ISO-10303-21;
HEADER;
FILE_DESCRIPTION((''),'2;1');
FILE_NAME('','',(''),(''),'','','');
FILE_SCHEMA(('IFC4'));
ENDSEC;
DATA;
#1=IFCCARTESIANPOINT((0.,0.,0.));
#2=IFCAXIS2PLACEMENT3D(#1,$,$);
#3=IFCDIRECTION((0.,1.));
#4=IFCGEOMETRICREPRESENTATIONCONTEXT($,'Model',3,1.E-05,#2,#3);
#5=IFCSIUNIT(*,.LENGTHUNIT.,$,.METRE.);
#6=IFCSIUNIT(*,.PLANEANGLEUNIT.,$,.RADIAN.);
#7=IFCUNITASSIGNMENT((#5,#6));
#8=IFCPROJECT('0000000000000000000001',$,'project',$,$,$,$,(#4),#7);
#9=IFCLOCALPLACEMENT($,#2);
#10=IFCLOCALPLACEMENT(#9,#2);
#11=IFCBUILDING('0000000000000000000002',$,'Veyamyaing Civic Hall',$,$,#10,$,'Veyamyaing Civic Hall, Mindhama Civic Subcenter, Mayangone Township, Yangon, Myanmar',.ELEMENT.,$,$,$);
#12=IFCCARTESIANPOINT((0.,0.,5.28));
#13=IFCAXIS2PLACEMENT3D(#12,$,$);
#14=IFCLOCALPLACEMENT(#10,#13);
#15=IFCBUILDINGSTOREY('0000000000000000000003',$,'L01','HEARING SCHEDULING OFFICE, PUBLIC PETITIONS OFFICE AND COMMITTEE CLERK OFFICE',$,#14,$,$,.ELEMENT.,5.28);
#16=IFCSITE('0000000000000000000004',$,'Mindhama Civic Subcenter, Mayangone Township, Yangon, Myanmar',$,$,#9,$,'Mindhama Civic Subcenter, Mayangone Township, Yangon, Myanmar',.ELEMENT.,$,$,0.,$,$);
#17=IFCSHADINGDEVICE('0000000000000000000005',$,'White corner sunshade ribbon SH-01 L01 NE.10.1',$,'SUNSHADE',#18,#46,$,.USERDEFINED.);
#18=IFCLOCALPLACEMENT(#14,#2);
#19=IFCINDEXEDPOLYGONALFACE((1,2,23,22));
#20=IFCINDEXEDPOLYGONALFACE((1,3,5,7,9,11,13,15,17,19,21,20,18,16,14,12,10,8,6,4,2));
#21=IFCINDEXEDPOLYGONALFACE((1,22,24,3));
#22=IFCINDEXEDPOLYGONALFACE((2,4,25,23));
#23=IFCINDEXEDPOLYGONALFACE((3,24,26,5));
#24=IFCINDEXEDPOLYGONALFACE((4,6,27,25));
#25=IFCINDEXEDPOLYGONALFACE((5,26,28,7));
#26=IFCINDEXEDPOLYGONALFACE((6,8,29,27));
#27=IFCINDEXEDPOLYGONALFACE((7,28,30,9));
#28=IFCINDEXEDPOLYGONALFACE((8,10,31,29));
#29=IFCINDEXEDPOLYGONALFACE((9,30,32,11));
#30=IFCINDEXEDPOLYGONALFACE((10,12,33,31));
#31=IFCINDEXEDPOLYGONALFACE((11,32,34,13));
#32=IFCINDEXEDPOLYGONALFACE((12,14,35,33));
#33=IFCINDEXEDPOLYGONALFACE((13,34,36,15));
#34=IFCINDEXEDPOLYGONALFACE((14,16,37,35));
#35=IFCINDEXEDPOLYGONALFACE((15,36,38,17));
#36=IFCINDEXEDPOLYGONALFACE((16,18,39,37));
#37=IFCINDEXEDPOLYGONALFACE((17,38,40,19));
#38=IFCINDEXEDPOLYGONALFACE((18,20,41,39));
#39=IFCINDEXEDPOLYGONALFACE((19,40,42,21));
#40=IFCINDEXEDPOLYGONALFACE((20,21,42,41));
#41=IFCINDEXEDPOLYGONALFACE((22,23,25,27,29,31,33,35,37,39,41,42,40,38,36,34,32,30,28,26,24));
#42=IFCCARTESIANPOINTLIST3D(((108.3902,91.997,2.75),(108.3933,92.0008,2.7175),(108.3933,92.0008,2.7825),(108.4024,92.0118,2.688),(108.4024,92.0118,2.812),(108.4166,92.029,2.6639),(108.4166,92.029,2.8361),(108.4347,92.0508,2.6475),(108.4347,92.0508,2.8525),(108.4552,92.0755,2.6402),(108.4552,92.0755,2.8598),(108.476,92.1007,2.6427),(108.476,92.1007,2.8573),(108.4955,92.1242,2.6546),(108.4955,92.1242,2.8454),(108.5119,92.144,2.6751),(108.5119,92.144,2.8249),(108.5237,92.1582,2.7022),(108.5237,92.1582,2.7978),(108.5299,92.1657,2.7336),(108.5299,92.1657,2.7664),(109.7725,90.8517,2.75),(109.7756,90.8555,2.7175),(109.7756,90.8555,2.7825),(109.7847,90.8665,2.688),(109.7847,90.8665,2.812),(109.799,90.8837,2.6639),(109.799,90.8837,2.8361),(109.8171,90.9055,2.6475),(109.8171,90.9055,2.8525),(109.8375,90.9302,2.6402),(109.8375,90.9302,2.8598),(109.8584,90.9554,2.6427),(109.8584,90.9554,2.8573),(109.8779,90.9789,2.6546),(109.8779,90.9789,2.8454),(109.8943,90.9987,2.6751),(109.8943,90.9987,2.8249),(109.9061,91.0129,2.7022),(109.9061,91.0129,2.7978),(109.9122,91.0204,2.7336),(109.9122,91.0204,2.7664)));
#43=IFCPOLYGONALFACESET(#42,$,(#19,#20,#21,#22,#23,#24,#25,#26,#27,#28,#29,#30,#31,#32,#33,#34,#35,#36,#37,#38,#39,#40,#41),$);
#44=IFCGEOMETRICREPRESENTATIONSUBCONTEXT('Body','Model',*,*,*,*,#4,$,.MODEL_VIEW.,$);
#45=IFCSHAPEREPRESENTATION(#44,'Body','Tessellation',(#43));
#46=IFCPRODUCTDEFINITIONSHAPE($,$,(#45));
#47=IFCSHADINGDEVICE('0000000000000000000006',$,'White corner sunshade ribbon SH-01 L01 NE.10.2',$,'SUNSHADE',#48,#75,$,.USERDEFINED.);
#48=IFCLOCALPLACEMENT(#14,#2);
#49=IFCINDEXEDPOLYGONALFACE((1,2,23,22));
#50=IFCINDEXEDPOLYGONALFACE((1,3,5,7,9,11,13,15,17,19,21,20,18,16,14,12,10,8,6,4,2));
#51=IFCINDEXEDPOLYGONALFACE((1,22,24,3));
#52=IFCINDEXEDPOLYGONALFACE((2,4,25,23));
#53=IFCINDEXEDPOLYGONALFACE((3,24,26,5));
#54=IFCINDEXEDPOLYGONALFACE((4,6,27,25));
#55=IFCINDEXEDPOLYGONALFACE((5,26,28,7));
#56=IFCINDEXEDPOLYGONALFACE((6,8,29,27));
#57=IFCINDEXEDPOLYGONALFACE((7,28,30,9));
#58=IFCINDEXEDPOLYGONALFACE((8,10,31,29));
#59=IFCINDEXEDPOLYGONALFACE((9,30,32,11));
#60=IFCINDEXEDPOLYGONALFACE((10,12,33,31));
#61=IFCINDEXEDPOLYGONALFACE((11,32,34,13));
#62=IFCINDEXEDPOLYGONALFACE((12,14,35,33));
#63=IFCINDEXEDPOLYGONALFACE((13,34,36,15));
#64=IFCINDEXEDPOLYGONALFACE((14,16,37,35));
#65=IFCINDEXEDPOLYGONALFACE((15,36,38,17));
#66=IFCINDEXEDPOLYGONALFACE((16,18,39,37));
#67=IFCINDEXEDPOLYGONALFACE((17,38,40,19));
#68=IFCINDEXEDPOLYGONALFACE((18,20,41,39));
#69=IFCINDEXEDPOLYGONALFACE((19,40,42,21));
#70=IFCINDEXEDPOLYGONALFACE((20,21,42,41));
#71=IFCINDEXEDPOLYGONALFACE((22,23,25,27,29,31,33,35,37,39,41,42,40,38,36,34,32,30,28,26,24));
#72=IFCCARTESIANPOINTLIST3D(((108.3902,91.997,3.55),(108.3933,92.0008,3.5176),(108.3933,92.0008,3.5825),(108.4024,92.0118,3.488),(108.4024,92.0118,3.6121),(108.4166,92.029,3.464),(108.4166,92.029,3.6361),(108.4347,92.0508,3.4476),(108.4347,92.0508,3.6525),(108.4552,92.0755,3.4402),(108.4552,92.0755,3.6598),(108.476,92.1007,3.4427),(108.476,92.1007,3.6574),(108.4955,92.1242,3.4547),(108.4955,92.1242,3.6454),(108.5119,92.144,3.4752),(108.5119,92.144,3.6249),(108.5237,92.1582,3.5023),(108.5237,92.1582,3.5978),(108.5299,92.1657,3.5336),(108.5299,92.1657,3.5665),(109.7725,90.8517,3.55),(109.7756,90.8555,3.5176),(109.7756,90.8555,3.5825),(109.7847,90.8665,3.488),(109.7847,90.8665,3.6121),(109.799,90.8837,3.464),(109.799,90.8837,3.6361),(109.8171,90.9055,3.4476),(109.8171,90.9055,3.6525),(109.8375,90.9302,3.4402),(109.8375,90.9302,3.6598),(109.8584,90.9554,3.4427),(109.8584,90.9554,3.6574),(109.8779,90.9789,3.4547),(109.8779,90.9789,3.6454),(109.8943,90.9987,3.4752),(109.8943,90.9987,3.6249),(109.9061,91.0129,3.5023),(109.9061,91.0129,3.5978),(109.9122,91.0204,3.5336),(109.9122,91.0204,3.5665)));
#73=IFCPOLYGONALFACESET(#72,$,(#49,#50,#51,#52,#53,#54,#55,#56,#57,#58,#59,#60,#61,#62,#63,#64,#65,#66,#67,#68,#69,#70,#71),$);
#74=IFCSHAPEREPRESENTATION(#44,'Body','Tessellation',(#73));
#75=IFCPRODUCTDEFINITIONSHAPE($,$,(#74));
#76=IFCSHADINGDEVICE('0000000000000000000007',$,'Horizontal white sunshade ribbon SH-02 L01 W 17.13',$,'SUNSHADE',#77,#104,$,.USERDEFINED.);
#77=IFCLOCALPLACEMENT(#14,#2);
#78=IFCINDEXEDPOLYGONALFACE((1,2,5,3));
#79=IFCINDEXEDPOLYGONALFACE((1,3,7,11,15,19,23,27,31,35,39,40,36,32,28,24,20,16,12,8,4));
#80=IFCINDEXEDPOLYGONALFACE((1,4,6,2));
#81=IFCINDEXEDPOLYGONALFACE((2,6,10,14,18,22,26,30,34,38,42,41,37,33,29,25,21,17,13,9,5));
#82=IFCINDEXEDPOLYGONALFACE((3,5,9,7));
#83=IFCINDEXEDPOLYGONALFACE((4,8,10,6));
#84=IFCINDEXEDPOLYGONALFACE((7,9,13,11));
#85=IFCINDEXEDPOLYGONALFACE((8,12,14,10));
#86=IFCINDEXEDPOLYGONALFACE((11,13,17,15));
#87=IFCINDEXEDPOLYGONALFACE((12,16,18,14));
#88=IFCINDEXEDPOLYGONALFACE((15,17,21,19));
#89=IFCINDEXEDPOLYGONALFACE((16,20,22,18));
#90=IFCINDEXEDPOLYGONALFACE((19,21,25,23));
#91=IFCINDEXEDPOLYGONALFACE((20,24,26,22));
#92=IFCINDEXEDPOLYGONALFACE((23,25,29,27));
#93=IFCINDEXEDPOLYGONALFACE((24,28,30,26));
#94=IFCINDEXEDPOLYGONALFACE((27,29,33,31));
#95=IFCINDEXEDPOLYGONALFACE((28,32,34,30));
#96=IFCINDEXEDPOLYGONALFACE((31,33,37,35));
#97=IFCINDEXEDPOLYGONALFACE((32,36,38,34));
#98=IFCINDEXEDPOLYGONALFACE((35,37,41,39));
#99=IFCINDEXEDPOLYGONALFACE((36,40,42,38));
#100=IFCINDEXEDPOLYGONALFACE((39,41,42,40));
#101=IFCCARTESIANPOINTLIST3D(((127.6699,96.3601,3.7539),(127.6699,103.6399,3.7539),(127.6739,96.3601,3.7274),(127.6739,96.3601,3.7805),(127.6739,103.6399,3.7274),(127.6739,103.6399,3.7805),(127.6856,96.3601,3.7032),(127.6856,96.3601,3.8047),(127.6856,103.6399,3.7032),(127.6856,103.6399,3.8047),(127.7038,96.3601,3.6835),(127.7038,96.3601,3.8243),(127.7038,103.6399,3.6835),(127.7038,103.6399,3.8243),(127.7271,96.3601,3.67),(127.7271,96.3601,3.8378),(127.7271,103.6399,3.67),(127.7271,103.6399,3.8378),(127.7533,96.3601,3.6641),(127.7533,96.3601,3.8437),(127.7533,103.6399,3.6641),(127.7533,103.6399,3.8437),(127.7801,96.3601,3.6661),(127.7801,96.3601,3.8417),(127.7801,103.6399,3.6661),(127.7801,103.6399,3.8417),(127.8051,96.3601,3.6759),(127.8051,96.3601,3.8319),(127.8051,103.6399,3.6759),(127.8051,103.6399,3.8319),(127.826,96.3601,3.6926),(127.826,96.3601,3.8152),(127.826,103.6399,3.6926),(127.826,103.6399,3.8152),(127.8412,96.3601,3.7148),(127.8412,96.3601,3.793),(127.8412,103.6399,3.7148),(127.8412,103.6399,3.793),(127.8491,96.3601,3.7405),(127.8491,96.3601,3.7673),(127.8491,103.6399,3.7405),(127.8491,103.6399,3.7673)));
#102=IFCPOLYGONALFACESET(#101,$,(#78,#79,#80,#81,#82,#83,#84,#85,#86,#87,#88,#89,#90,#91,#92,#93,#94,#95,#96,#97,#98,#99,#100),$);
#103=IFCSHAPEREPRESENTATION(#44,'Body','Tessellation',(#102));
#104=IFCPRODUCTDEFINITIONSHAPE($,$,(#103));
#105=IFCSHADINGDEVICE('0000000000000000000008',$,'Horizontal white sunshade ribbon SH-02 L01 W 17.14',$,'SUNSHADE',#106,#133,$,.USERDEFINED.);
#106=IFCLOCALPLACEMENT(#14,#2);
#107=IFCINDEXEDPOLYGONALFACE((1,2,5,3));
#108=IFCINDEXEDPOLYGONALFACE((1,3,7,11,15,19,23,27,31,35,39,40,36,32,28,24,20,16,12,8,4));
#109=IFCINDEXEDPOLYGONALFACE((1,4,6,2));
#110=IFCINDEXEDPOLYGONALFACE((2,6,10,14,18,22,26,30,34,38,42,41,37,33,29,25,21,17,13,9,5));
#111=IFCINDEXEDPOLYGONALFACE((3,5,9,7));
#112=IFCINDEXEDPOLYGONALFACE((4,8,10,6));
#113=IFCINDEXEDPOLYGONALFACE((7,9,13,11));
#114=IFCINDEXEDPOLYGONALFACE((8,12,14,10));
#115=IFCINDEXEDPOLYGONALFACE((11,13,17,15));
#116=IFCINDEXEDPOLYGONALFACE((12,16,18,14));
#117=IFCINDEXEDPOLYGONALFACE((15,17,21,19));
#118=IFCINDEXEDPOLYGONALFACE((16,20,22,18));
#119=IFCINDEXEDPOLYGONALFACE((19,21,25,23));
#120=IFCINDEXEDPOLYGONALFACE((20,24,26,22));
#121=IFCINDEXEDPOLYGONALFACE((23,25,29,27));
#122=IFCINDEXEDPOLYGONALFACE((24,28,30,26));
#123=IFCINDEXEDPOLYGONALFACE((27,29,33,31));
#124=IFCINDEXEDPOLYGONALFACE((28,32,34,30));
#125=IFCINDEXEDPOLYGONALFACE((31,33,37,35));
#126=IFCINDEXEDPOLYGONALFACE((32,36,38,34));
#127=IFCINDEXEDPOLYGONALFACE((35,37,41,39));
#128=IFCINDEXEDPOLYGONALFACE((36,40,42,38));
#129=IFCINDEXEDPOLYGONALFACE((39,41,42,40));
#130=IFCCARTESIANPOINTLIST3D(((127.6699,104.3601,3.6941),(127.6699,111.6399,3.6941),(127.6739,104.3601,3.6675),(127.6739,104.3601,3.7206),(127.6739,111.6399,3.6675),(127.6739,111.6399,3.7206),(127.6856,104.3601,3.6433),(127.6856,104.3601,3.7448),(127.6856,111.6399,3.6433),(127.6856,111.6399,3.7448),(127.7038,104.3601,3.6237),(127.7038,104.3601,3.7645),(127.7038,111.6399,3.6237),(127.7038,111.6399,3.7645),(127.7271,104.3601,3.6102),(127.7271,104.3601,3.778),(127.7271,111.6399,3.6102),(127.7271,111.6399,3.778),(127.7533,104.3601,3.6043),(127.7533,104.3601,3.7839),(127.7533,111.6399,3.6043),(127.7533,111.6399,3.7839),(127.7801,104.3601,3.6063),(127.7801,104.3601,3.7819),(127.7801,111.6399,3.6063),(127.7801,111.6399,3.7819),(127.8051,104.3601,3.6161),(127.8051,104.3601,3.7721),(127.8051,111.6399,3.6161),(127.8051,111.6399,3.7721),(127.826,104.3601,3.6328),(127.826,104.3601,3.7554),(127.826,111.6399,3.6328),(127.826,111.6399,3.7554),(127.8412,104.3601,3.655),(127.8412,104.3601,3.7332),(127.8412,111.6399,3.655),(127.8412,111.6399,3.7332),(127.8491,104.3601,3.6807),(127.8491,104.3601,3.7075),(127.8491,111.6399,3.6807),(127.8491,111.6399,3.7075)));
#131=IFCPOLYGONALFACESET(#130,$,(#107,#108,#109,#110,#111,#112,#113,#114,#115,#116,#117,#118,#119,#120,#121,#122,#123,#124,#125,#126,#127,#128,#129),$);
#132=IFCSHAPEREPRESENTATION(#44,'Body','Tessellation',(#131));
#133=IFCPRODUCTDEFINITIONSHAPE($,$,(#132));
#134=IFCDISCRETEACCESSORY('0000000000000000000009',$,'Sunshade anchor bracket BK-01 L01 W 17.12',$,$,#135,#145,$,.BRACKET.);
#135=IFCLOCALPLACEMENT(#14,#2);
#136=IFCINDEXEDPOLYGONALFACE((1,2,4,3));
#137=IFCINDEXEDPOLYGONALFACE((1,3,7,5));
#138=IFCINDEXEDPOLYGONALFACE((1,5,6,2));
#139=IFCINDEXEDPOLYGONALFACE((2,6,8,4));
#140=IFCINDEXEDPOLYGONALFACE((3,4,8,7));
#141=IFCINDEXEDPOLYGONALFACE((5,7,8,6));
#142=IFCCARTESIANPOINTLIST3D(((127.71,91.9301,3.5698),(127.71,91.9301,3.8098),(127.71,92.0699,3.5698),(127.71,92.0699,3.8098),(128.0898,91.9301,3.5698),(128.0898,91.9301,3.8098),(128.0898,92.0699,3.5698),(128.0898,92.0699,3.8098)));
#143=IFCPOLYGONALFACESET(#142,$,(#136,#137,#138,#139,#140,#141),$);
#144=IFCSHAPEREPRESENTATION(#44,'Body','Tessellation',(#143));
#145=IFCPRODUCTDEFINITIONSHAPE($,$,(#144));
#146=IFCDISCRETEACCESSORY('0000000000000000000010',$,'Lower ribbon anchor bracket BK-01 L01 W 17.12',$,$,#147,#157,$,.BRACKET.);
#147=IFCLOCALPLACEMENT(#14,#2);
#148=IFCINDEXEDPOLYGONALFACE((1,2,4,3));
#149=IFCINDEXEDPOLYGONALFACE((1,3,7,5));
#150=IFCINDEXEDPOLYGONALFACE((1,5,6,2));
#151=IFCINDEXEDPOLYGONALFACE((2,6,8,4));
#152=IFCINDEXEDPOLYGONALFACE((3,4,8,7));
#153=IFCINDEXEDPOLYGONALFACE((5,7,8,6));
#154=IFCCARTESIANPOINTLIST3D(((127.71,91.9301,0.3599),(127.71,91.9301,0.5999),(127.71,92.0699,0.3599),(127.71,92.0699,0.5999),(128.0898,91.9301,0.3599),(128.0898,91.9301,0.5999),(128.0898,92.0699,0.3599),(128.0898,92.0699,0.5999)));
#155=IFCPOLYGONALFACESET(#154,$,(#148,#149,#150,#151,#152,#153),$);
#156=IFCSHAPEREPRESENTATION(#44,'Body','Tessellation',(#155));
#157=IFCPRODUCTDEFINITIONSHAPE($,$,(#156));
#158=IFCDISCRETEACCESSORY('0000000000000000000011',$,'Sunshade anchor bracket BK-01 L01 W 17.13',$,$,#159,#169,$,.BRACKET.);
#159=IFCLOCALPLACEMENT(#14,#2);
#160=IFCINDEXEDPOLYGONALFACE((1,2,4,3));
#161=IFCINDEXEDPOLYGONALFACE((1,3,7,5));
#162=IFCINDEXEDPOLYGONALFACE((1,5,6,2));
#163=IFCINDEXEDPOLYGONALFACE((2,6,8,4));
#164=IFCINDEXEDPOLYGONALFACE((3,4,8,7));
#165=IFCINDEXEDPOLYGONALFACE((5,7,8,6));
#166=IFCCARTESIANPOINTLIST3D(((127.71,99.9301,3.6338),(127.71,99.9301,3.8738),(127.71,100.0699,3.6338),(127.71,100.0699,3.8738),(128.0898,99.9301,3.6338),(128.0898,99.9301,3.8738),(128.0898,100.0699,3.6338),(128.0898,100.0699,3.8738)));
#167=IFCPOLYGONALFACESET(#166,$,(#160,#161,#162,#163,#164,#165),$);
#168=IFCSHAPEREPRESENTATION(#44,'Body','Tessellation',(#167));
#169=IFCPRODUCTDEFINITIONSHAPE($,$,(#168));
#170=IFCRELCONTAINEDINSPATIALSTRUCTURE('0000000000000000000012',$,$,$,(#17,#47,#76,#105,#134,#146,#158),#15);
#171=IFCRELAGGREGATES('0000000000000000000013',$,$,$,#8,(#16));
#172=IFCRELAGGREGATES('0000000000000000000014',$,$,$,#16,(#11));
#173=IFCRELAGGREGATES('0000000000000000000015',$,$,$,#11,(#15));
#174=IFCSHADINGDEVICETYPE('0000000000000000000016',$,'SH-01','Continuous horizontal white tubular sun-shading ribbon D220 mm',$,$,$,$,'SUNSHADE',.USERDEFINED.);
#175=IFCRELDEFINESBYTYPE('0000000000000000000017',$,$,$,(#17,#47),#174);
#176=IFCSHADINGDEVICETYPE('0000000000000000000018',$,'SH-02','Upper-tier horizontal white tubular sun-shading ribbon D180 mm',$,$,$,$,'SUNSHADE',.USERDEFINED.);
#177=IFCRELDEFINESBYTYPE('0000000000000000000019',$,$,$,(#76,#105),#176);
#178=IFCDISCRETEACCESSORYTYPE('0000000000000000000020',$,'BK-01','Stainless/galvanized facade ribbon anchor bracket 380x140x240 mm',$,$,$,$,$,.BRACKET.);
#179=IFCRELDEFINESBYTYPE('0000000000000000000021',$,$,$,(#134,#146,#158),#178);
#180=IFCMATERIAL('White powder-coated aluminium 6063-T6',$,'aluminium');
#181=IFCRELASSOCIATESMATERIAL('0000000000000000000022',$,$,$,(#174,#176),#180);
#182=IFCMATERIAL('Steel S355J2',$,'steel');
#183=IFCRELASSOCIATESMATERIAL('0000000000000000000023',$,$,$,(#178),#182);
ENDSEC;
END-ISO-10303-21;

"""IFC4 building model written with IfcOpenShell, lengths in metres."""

from ifc_helpers import new_model, si_unit, direction, frame, origin, origin_2d, place, context, subcontext, project, spatial, rectangle, circle, extrude, material, material_profile, profile_set, type_object, element, save


model = new_model("IFC4")

# Units and contexts
model_context = context("Model", 3, precision=1e-05, world=origin(), true_north=direction((0.0, 1.0)))
body_context = subcontext(model_context, "Body", "Model", "MODEL_VIEW")
ifc_project = project(units=[si_unit("LENGTHUNIT", "METRE"), si_unit("PLANEANGLEUNIT", "RADIAN")], contexts=[model_context])

# Site, building, storey
site_placement = place(None, origin())
site = spatial("IfcSite", under=ifc_project, at=site_placement, Name="Mindhama Civic Subcenter, Mayangone Township, Yangon, Myanmar", LongName="Mindhama Civic Subcenter, Mayangone Township, Yangon, Myanmar", CompositionType="ELEMENT", RefElevation=0.0)
building_placement = place(site_placement, origin())
building = spatial("IfcBuilding", under=site, at=building_placement, Name="Veyamyaing Civic Hall", LongName="Veyamyaing Civic Hall, Mindhama Civic Subcenter, Mayangone Township, Yangon, Myanmar", CompositionType="ELEMENT")
storey_placement = place(building_placement, frame((0.0, 0.0, 5.28)))
storey = spatial("IfcBuildingStorey", under=building, at=storey_placement, Name="L01", Description="HEARING SCHEDULING OFFICE, PUBLIC PETITIONS OFFICE AND COMMITTEE CLERK OFFICE", CompositionType="ELEMENT", Elevation=5.28)

# Shared definitions
ifc_material_1 = material(Name="White powder-coated aluminium 6063-T6", Category="aluminium")

# Shading devices
ifc_material_profile_1 = material_profile(ifc_material_1, circle(Radius=0.1101, at=origin_2d()), Name="SHADE-TUBE-220")
ifc_profile_set_1 = profile_set([ifc_material_profile_1], Name="White powder-coated aluminium 6063-T6")
shading_device_type_1 = type_object("IfcShadingDeviceType", Name="SH-01", Description="Continuous horizontal white tubular sun-shading ribbon D220 mm", ElementType="SUNSHADE", PredefinedType="USERDEFINED", material=ifc_profile_set_1)
for number, where, z_axis, x_axis, name in (
    (1, (109.8428, 90.9365, 2.75), (-0.770046, 0.637988, 0.0), (-0.637988, -0.770046, 0.0), "White corner sunshade ribbon SH-01 L01 NE.10.1"),
    (2, (109.8428, 90.9365, 3.55), (-0.770046, 0.637988, 0.0), (-0.637988, -0.770046, 0.0), "White corner sunshade ribbon SH-01 L01 NE.10.2"),
):
    element("IfcShadingDevice", number, at=place(storey_placement, frame(where, z_axis=z_axis, x_axis=x_axis)), inside=storey, type_object=shading_device_type_1, Name=name, ObjectType="SUNSHADE", PredefinedType="USERDEFINED", context=body_context, shape_type="SweptSolid", body=[
        extrude(circle(Radius=0.1101, at=origin_2d()), origin(), (0.0, 0.0, 1.0), 1.7952),
    ])
ifc_material_profile_2 = material_profile(ifc_material_1, circle(Radius=0.0901, at=origin_2d()), Name="SHADE-TUBE-180")
ifc_profile_set_2 = profile_set([ifc_material_profile_2], Name="White powder-coated aluminium 6063-T6")
shading_device_type_2 = type_object("IfcShadingDeviceType", Name="SH-02", Description="Upper-tier horizontal white tubular sun-shading ribbon D180 mm", ElementType="SUNSHADE", PredefinedType="USERDEFINED", material=ifc_profile_set_2)
for number, where, z_axis, x_axis, name in (
    (3, (127.76, 96.3601, 3.7539), (0.0, 1.0, 0.0), (-1.0, 0.0, 0.0), "Horizontal white sunshade ribbon SH-02 L01 W 17.13"),
    (4, (127.76, 104.3601, 3.6941), (0.0, 1.0, 0.0), (-1.0, 0.0, 0.0), "Horizontal white sunshade ribbon SH-02 L01 W 17.14"),
):
    element("IfcShadingDevice", number, at=place(storey_placement, frame(where, z_axis=z_axis, x_axis=x_axis)), inside=storey, type_object=shading_device_type_2, Name=name, ObjectType="SUNSHADE", PredefinedType="USERDEFINED", context=body_context, shape_type="SweptSolid", body=[
        extrude(circle(Radius=0.0901, at=origin_2d()), origin(), (0.0, 0.0, 1.0), 7.2798),
    ])

# Discrete accessories
ifc_material_2 = material(Name="Steel S355J2", Category="steel")
discrete_accessory_type = type_object("IfcDiscreteAccessoryType", Name="BK-01", Description="Stainless/galvanized facade ribbon anchor bracket 380x140x240 mm", PredefinedType="BRACKET", material=ifc_material_2)
for number, where, z_axis, x_axis, name in (
    (5, (127.8999, 92.0, 3.5698), (0.0, 0.0, 1.0), (-1.0, 0.0, 0.0), "Sunshade anchor bracket BK-01 L01 W 17.12"),
    (6, (127.8999, 92.0, 0.3599), (0.0, 0.0, 1.0), (-1.0, 0.0, 0.0), "Lower ribbon anchor bracket BK-01 L01 W 17.12"),
    (7, (127.8999, 100.0, 3.6338), (0.0, 0.0, 1.0), (-1.0, 0.0, 0.0), "Sunshade anchor bracket BK-01 L01 W 17.13"),
):
    element("IfcDiscreteAccessory", number, at=place(storey_placement, frame(where, z_axis=z_axis, x_axis=x_axis)), inside=storey, type_object=discrete_accessory_type, Name=name, PredefinedType="BRACKET", context=body_context, shape_type="SweptSolid", body=[
        extrude(rectangle(XDim=0.3799, YDim=0.1399, at=origin_2d()), origin(), (0.0, 0.0, 1.0), 0.24),
    ])

save(model, "model.ifc")
